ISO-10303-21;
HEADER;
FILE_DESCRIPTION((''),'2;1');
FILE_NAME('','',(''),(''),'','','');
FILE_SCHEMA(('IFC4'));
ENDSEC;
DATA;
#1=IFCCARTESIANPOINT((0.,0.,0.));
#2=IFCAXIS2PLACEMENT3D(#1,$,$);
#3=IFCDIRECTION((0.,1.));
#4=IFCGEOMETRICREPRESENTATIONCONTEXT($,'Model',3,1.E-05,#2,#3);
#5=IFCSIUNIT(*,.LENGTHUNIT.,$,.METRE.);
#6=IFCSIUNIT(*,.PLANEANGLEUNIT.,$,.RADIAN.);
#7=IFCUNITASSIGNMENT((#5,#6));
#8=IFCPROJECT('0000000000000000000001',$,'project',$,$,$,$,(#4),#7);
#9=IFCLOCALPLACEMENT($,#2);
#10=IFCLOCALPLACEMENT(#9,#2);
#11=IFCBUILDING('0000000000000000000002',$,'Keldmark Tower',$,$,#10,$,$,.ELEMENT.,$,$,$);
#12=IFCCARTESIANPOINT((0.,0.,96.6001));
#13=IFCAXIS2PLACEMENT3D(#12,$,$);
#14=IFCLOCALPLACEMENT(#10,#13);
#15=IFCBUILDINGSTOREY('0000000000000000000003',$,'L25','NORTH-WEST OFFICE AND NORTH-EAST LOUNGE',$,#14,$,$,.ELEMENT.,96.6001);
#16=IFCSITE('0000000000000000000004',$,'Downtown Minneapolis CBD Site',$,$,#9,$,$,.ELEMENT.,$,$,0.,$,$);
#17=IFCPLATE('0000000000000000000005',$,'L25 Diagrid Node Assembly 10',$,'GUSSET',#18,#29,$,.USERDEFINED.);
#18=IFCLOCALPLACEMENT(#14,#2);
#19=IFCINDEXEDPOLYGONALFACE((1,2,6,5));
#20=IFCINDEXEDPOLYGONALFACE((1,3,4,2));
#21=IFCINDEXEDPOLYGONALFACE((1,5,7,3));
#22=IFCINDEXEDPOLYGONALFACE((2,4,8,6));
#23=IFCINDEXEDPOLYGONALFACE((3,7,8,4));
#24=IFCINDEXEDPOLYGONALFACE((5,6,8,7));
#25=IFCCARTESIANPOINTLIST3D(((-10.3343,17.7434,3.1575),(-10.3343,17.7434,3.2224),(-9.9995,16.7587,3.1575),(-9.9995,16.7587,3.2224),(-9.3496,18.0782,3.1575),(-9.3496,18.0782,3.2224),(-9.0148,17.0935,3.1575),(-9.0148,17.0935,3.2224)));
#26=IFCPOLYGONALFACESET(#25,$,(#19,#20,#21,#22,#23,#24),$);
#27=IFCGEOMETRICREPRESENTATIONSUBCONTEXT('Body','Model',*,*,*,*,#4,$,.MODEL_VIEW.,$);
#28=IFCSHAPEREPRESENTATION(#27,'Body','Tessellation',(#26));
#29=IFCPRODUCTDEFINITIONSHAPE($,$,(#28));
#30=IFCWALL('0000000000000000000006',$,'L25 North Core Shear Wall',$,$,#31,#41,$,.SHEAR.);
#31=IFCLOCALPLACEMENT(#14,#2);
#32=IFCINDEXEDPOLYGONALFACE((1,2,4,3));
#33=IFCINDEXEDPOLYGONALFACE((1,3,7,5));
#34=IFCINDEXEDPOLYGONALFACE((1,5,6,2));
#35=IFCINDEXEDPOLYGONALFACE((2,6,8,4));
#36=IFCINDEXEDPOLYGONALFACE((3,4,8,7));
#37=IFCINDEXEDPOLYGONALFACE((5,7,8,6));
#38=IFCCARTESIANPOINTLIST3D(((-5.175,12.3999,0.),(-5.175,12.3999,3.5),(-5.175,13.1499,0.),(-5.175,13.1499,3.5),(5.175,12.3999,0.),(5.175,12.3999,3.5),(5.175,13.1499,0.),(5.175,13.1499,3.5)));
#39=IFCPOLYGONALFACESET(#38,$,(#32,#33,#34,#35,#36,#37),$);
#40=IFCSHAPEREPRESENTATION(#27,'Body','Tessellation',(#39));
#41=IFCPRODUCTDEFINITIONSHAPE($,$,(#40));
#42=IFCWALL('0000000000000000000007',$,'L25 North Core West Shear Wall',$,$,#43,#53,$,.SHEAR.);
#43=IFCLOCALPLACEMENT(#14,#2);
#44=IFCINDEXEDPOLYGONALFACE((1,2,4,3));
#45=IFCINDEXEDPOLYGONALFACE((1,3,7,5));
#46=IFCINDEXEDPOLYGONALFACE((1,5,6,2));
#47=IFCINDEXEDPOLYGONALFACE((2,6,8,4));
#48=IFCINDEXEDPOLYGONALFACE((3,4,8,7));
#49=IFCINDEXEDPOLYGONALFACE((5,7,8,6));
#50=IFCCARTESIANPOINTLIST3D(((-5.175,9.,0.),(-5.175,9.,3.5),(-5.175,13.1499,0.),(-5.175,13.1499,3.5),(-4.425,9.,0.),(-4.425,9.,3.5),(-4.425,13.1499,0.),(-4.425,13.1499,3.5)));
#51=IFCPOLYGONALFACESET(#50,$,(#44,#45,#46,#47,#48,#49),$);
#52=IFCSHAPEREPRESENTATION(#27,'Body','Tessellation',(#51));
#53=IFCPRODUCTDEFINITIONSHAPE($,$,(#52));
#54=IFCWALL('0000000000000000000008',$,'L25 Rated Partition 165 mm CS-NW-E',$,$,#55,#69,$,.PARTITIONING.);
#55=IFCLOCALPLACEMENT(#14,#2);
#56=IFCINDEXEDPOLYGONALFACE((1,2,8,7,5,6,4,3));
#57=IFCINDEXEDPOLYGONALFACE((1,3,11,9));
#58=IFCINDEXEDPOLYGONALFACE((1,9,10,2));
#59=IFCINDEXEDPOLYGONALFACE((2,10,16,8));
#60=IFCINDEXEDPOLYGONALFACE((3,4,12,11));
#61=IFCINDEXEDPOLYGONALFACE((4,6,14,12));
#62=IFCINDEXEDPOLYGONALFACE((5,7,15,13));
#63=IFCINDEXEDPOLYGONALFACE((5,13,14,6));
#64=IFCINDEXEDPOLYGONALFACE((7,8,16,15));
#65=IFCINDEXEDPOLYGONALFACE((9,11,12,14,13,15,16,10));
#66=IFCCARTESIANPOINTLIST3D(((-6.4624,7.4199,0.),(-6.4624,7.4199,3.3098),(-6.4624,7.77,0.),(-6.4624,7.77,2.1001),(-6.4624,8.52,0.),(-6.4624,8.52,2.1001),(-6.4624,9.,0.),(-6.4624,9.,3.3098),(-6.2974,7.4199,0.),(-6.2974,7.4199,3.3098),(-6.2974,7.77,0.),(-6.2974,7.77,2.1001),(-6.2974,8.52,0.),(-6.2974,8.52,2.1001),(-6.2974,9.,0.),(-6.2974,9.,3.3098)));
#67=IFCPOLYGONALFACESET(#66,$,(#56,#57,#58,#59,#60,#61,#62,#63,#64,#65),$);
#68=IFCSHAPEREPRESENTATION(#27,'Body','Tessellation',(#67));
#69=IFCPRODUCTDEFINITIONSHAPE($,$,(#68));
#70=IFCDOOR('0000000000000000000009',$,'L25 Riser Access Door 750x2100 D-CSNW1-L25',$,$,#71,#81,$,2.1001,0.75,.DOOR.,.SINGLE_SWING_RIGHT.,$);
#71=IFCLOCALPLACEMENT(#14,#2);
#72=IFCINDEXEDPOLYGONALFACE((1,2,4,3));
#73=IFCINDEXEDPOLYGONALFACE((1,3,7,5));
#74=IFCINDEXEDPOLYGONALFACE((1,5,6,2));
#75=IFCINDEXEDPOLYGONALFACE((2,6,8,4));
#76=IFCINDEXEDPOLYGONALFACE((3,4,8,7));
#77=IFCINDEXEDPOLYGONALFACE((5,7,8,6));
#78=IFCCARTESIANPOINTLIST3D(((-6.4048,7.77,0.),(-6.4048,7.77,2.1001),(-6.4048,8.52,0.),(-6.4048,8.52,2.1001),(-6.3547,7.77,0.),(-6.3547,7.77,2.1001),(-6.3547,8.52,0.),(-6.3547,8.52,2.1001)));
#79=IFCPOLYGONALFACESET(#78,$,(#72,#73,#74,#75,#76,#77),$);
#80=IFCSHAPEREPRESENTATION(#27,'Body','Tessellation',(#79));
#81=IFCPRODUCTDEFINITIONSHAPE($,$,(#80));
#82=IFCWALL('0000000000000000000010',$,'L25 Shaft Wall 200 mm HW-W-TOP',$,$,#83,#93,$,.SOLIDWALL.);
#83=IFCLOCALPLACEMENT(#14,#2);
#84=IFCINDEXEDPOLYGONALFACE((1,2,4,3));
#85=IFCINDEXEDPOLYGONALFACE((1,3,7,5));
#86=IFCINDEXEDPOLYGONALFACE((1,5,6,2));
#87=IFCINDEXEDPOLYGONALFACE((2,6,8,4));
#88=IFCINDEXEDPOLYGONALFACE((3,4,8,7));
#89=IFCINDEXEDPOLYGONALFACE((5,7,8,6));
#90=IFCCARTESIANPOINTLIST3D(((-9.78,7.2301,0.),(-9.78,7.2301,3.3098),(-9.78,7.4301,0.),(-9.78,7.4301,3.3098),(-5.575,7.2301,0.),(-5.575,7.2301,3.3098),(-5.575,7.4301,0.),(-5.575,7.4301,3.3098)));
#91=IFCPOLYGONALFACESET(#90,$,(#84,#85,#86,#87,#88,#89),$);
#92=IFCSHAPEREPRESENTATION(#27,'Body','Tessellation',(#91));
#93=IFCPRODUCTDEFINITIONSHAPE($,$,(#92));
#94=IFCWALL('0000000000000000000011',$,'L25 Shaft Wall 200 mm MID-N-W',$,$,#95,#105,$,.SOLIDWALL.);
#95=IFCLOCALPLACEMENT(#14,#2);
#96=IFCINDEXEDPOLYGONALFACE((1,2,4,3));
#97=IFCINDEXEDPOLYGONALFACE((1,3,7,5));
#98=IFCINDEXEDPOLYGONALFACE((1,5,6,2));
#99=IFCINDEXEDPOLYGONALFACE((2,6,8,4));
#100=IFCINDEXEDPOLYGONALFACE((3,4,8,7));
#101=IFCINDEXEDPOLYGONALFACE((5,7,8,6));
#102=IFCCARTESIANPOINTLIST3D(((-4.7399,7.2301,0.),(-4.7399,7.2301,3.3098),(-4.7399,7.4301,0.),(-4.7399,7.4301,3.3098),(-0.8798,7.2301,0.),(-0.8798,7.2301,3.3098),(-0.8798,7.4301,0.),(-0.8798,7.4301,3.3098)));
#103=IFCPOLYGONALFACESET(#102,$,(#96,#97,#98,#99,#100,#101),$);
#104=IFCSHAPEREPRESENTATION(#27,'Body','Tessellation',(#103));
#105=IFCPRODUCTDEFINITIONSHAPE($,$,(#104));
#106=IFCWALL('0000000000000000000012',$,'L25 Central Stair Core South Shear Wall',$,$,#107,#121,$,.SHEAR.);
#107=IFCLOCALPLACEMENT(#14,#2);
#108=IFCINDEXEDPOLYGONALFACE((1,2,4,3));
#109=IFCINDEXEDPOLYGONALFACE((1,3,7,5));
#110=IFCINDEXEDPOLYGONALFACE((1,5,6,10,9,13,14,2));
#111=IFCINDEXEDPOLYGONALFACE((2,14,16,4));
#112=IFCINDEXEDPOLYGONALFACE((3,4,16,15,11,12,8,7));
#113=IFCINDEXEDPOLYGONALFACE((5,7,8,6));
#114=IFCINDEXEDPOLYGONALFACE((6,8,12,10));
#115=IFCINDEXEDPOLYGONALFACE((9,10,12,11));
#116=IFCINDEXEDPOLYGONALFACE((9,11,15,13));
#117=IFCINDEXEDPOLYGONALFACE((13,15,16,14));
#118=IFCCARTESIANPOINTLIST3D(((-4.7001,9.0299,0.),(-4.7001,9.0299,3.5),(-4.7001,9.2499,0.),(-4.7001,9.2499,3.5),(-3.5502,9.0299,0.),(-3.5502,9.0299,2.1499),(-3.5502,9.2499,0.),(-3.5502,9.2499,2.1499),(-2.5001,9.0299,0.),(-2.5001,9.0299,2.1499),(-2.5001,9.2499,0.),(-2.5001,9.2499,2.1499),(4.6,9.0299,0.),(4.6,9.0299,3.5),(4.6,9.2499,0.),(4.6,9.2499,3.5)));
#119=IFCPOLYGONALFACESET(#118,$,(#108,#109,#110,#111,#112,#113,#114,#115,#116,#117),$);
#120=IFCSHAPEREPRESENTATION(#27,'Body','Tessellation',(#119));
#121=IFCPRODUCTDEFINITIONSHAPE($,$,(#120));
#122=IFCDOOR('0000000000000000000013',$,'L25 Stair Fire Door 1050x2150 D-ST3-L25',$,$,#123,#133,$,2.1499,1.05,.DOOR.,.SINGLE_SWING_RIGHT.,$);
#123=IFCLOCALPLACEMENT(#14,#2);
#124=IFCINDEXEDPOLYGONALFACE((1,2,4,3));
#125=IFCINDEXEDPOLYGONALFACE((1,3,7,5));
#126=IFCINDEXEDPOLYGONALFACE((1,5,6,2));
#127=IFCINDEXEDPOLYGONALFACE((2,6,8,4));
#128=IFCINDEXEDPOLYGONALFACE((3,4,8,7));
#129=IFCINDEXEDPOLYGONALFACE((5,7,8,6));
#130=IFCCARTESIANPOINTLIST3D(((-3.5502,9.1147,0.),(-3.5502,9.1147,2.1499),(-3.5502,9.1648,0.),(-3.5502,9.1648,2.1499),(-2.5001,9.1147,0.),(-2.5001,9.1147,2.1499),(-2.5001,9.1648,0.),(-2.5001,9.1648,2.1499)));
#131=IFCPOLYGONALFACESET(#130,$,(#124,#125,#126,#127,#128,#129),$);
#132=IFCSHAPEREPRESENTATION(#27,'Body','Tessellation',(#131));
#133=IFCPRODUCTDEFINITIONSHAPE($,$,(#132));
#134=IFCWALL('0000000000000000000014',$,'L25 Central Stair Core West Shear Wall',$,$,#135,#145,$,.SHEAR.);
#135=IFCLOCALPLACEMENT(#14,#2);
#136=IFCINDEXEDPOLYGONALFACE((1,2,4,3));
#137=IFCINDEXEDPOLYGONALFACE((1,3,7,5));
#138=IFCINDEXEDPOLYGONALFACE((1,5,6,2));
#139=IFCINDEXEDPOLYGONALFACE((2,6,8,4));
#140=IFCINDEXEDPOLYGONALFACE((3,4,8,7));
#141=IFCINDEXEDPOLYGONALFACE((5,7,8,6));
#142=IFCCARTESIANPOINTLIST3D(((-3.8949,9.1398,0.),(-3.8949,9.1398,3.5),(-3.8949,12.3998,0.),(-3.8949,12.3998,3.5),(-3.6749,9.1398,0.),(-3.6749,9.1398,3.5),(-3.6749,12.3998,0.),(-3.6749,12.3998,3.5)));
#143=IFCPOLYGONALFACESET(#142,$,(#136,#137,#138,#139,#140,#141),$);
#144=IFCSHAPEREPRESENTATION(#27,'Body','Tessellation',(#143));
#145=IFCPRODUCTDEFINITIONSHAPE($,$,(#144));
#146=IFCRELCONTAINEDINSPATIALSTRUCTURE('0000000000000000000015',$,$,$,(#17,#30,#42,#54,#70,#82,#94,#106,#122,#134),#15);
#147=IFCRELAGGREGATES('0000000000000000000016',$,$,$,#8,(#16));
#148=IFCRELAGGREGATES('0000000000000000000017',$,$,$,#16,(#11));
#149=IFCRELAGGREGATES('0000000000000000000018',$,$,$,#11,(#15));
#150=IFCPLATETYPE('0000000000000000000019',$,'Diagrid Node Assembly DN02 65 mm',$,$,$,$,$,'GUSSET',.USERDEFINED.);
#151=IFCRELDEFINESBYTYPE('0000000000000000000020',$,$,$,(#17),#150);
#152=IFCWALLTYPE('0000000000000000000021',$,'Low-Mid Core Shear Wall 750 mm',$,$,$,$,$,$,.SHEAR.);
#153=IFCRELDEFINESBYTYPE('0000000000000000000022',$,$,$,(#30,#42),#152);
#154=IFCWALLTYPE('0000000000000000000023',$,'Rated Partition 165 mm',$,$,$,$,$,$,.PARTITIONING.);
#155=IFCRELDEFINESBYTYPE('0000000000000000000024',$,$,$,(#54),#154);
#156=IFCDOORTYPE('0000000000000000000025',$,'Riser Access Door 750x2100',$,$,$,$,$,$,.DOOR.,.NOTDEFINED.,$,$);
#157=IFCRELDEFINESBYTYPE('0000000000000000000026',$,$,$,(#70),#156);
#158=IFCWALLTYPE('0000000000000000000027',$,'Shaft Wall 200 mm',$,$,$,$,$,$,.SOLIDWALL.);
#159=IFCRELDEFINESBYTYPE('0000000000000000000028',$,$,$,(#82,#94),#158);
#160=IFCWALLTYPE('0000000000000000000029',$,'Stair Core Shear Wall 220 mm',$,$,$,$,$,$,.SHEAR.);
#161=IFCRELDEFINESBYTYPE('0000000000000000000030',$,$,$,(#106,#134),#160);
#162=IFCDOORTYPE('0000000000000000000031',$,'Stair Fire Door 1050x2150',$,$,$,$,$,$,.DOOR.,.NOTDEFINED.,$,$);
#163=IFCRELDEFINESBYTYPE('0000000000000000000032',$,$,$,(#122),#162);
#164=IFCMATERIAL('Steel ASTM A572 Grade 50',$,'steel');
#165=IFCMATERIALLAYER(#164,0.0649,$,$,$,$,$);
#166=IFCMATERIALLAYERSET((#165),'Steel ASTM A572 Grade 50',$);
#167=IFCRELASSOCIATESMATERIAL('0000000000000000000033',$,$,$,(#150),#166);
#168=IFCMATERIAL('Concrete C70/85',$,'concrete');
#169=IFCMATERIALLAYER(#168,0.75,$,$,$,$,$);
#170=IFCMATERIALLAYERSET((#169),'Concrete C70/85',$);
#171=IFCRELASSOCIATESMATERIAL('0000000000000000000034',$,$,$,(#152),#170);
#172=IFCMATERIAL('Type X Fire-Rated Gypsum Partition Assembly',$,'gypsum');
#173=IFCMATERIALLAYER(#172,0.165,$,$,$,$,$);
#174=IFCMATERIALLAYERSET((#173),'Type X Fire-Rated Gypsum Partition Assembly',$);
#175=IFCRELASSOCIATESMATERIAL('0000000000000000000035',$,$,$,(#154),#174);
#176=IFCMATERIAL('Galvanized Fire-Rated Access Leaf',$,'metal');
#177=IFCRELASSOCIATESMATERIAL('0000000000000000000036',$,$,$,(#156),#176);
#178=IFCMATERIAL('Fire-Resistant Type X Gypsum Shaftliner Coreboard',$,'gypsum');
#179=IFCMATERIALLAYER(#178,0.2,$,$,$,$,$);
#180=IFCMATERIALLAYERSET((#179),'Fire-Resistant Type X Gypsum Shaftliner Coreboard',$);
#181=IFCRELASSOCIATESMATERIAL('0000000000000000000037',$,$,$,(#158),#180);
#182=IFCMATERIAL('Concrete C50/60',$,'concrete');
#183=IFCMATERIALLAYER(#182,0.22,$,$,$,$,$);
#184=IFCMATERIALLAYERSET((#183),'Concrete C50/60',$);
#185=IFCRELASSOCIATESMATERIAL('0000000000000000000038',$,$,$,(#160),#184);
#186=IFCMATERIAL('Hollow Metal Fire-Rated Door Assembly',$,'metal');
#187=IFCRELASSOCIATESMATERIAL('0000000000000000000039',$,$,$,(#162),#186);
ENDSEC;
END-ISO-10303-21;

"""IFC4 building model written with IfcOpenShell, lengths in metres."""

from ifc_helpers import new_model, si_unit, direction, frame, frame_2d, origin, origin_2d, place, context, subcontext, project, spatial, rectangle, extrude, material, layer, layer_set, type_object, element, fill, save


model = new_model("IFC4")

# Units and contexts
model_context = context("Model", 3, precision=1e-05, world=origin(), true_north=direction((0.0, 1.0)))
body_context = subcontext(model_context, "Body", "Model", "MODEL_VIEW")
ifc_project = project(units=[si_unit("LENGTHUNIT", "METRE"), si_unit("PLANEANGLEUNIT", "RADIAN")], contexts=[model_context])

# Site, building, storey
site_placement = place(None, origin())
site = spatial("IfcSite", under=ifc_project, at=site_placement, Name="Downtown Minneapolis CBD Site", CompositionType="ELEMENT", RefElevation=0.0)
building_placement = place(site_placement, origin())
building = spatial("IfcBuilding", under=site, at=building_placement, Name="Keldmark Tower", CompositionType="ELEMENT")
storey_placement = place(building_placement, frame((0.0, 0.0, 96.6001)))
storey = spatial("IfcBuildingStorey", under=building, at=storey_placement, Name="L25", Description="NORTH-WEST OFFICE AND NORTH-EAST LOUNGE", CompositionType="ELEMENT", Elevation=96.6001)

# Plate
ifc_material_1 = material(Name="Steel ASTM A572 Grade 50", Category="steel")
ifc_layer_1 = layer(ifc_material_1, 0.0649)
ifc_layer_set_1 = layer_set([ifc_layer_1], Name="Steel ASTM A572 Grade 50")
plate_type_1 = type_object("IfcPlateType", Name="Diagrid Node Assembly DN02 65 mm", ElementType="GUSSET", PredefinedType="USERDEFINED", material=ifc_layer_set_1)
for number, where, z_axis, x_axis, name in (
    (1, (-9.6746, 17.4185, 3.1575), (0.0, 0.0, 1.0), (-0.946762, -0.321935, 0.0), "L25 Diagrid Node Assembly 10"),
):
    element("IfcPlate", number, at=place(storey_placement, frame(where, z_axis=z_axis, x_axis=x_axis)), inside=storey, type_object=plate_type_1, Name=name, ObjectType="GUSSET", PredefinedType="USERDEFINED", context=body_context, shape_type="SweptSolid", body=[
        extrude(rectangle(XDim=1.04, YDim=1.04, at=origin_2d()), origin(), (0.0, 0.0, 1.0), 0.0649),
    ])

# Walls
ifc_material_2 = material(Name="Concrete C70/85", Category="concrete")
ifc_layer_2 = layer(ifc_material_2, 0.75)
ifc_layer_set_2 = layer_set([ifc_layer_2], Name="Concrete C70/85")
wall_type_1 = type_object("IfcWallType", Name="Low-Mid Core Shear Wall 750 mm", PredefinedType="SHEAR", material=ifc_layer_set_2)
wall_1_placement = place(storey_placement, frame((-5.175, 12.7749, 0.0), z_axis=(0.0, 0.0, 1.0), x_axis=(1.0, 0.0, 0.0)))
element("IfcWall", 2, at=wall_1_placement, inside=storey, type_object=wall_type_1, Name="L25 North Core Shear Wall", PredefinedType="SHEAR", context=body_context, shape_type="SweptSolid", body=[
    extrude(rectangle(XDim=10.3501, YDim=0.75, at=frame_2d((5.175, 0.0))), origin(), (0.0, 0.0, 1.0), 3.5),
])
wall_2_placement = place(storey_placement, frame((-4.8, 9.0, 0.0), z_axis=(0.0, 0.0, 1.0), x_axis=(0.0, 1.0, 0.0)))
element("IfcWall", 3, at=wall_2_placement, inside=storey, type_object=wall_type_1, Name="L25 North Core West Shear Wall", PredefinedType="SHEAR", context=body_context, shape_type="SweptSolid", body=[
    extrude(rectangle(XDim=4.1499, YDim=0.75, at=frame_2d((2.075, 0.0))), origin(), (0.0, 0.0, 1.0), 3.5),
])

# Wall, opening, door
ifc_material_3 = material(Name="Type X Fire-Rated Gypsum Partition Assembly", Category="gypsum")
ifc_layer_3 = layer(ifc_material_3, 0.165)
ifc_layer_set_3 = layer_set([ifc_layer_3], Name="Type X Fire-Rated Gypsum Partition Assembly")
wall_type_2 = type_object("IfcWallType", Name="Rated Partition 165 mm", PredefinedType="PARTITIONING", material=ifc_layer_set_3)
wall_3_placement = place(storey_placement, frame((-6.3799, 7.4199, 0.0), z_axis=(0.0, 0.0, 1.0), x_axis=(0.0, 1.0, 0.0)))
wall_3 = element("IfcWall", 4, at=wall_3_placement, inside=storey, type_object=wall_type_2, Name="L25 Rated Partition 165 mm CS-NW-E", PredefinedType="PARTITIONING", context=body_context, shape_type="SweptSolid", body=[
    extrude(rectangle(XDim=1.5801, YDim=0.165, at=frame_2d((0.79, 0.0))), origin(), (0.0, 0.0, 1.0), 3.3098),
])
opening_1_placement = place(wall_3_placement, frame((0.3501, 0.0, 0.0)))
opening_1 = element("IfcOpeningElement", 5, at=opening_1_placement, cuts=wall_3, PredefinedType="OPENING", context=body_context, shape_type="SweptSolid", body=[
    extrude(rectangle(XDim=0.75, YDim=2.1001, at=frame_2d((0.375, 1.05))), frame((0.0, 0.0925, 0.0), z_axis=(0.0, -1.0, 0.0), x_axis=(1.0, 0.0, 0.0)), (0.0, 0.0, 1.0), 0.1851),
])
ifc_material_4 = material(Name="Galvanized Fire-Rated Access Leaf", Category="metal")
door_type_1 = type_object("IfcDoorType", Name="Riser Access Door 750x2100", OperationType="NOTDEFINED", PredefinedType="DOOR", material=ifc_material_4)
door_1_placement = place(opening_1_placement, origin())
door_1 = element("IfcDoor", 6, at=door_1_placement, inside=storey, type_object=door_type_1, Name="L25 Riser Access Door 750x2100 D-CSNW1-L25", OperationType="SINGLE_SWING_RIGHT", OverallHeight=2.1001, OverallWidth=0.75, PredefinedType="DOOR", context=body_context, shape_type="SweptSolid", body=[
    extrude(rectangle(XDim=0.75, YDim=2.1001, at=frame_2d((0.375, 1.05))), frame((0.0, 0.0249, 0.0), z_axis=(0.0, -1.0, 0.0), x_axis=(1.0, 0.0, 0.0)), (0.0, 0.0, 1.0), 0.05),
])
fill(opening_1, door_1)

# Walls
ifc_material_5 = material(Name="Fire-Resistant Type X Gypsum Shaftliner Coreboard", Category="gypsum")
ifc_layer_4 = layer(ifc_material_5, 0.2)
ifc_layer_set_4 = layer_set([ifc_layer_4], Name="Fire-Resistant Type X Gypsum Shaftliner Coreboard")
wall_type_3 = type_object("IfcWallType", Name="Shaft Wall 200 mm", PredefinedType="SOLIDWALL", material=ifc_layer_set_4)
wall_4_placement = place(storey_placement, frame((-9.78, 7.3301, 0.0), z_axis=(0.0, 0.0, 1.0), x_axis=(1.0, 0.0, 0.0)))
element("IfcWall", 7, at=wall_4_placement, inside=storey, type_object=wall_type_3, Name="L25 Shaft Wall 200 mm HW-W-TOP", PredefinedType="SOLIDWALL", context=body_context, shape_type="SweptSolid", body=[
    extrude(rectangle(XDim=4.2051, YDim=0.2, at=frame_2d((2.1025, 0.0))), origin(), (0.0, 0.0, 1.0), 3.3098),
])
wall_5_placement = place(storey_placement, frame((-4.74, 7.3301, 0.0), z_axis=(0.0, 0.0, 1.0), x_axis=(1.0, 0.0, 0.0)))
element("IfcWall", 8, at=wall_5_placement, inside=storey, type_object=wall_type_3, Name="L25 Shaft Wall 200 mm MID-N-W", PredefinedType="SOLIDWALL", context=body_context, shape_type="SweptSolid", body=[
    extrude(rectangle(XDim=3.8601, YDim=0.2, at=frame_2d((1.9302, 0.0))), origin(), (0.0, 0.0, 1.0), 3.3098),
])

# Wall, opening, door
ifc_material_6 = material(Name="Concrete C50/60", Category="concrete")
ifc_layer_5 = layer(ifc_material_6, 0.22)
ifc_layer_set_5 = layer_set([ifc_layer_5], Name="Concrete C50/60")
wall_type_4 = type_object("IfcWallType", Name="Stair Core Shear Wall 220 mm", PredefinedType="SHEAR", material=ifc_layer_set_5)
wall_6_placement = place(storey_placement, frame((-4.7, 9.1399, 0.0), z_axis=(0.0, 0.0, 1.0), x_axis=(1.0, 0.0, 0.0)))
wall_6 = element("IfcWall", 9, at=wall_6_placement, inside=storey, type_object=wall_type_4, Name="L25 Central Stair Core South Shear Wall", PredefinedType="SHEAR", context=body_context, shape_type="SweptSolid", body=[
    extrude(rectangle(XDim=9.3, YDim=0.22, at=frame_2d((4.6499, 0.0))), origin(), (0.0, 0.0, 1.0), 3.5),
])
opening_2_placement = place(wall_6_placement, frame((1.1499, 0.0, 0.0)))
opening_2 = element("IfcOpeningElement", 10, at=opening_2_placement, cuts=wall_6, PredefinedType="OPENING", context=body_context, shape_type="SweptSolid", body=[
    extrude(rectangle(XDim=1.05, YDim=2.1499, at=frame_2d((0.5249, 1.075))), frame((0.0, 0.1199, 0.0), z_axis=(0.0, -1.0, 0.0), x_axis=(1.0, 0.0, 0.0)), (0.0, 0.0, 1.0), 0.24),
])
ifc_material_7 = material(Name="Hollow Metal Fire-Rated Door Assembly", Category="metal")
door_type_2 = type_object("IfcDoorType", Name="Stair Fire Door 1050x2150", OperationType="NOTDEFINED", PredefinedType="DOOR", material=ifc_material_7)
door_2_placement = place(opening_2_placement, origin())
door_2 = element("IfcDoor", 11, at=door_2_placement, inside=storey, type_object=door_type_2, Name="L25 Stair Fire Door 1050x2150 D-ST3-L25", OperationType="SINGLE_SWING_RIGHT", OverallHeight=2.1499, OverallWidth=1.05, PredefinedType="DOOR", context=body_context, shape_type="SweptSolid", body=[
    extrude(rectangle(XDim=1.05, YDim=2.1499, at=frame_2d((0.5249, 1.075))), frame((0.0, 0.0249, 0.0), z_axis=(0.0, -1.0, 0.0), x_axis=(1.0, 0.0, 0.0)), (0.0, 0.0, 1.0), 0.05),
])
fill(opening_2, door_2)

# Wall
wall_7_placement = place(storey_placement, frame((-3.7849, 9.1399, 0.0), z_axis=(0.0, 0.0, 1.0), x_axis=(0.0, 1.0, 0.0)))
element("IfcWall", 12, at=wall_7_placement, inside=storey, type_object=wall_type_4, Name="L25 Central Stair Core West Shear Wall", PredefinedType="SHEAR", context=body_context, shape_type="SweptSolid", body=[
    extrude(rectangle(XDim=3.26, YDim=0.22, at=frame_2d((1.6299, 0.0))), origin(), (0.0, 0.0, 1.0), 3.5),
])

save(model, "model.ifc")
